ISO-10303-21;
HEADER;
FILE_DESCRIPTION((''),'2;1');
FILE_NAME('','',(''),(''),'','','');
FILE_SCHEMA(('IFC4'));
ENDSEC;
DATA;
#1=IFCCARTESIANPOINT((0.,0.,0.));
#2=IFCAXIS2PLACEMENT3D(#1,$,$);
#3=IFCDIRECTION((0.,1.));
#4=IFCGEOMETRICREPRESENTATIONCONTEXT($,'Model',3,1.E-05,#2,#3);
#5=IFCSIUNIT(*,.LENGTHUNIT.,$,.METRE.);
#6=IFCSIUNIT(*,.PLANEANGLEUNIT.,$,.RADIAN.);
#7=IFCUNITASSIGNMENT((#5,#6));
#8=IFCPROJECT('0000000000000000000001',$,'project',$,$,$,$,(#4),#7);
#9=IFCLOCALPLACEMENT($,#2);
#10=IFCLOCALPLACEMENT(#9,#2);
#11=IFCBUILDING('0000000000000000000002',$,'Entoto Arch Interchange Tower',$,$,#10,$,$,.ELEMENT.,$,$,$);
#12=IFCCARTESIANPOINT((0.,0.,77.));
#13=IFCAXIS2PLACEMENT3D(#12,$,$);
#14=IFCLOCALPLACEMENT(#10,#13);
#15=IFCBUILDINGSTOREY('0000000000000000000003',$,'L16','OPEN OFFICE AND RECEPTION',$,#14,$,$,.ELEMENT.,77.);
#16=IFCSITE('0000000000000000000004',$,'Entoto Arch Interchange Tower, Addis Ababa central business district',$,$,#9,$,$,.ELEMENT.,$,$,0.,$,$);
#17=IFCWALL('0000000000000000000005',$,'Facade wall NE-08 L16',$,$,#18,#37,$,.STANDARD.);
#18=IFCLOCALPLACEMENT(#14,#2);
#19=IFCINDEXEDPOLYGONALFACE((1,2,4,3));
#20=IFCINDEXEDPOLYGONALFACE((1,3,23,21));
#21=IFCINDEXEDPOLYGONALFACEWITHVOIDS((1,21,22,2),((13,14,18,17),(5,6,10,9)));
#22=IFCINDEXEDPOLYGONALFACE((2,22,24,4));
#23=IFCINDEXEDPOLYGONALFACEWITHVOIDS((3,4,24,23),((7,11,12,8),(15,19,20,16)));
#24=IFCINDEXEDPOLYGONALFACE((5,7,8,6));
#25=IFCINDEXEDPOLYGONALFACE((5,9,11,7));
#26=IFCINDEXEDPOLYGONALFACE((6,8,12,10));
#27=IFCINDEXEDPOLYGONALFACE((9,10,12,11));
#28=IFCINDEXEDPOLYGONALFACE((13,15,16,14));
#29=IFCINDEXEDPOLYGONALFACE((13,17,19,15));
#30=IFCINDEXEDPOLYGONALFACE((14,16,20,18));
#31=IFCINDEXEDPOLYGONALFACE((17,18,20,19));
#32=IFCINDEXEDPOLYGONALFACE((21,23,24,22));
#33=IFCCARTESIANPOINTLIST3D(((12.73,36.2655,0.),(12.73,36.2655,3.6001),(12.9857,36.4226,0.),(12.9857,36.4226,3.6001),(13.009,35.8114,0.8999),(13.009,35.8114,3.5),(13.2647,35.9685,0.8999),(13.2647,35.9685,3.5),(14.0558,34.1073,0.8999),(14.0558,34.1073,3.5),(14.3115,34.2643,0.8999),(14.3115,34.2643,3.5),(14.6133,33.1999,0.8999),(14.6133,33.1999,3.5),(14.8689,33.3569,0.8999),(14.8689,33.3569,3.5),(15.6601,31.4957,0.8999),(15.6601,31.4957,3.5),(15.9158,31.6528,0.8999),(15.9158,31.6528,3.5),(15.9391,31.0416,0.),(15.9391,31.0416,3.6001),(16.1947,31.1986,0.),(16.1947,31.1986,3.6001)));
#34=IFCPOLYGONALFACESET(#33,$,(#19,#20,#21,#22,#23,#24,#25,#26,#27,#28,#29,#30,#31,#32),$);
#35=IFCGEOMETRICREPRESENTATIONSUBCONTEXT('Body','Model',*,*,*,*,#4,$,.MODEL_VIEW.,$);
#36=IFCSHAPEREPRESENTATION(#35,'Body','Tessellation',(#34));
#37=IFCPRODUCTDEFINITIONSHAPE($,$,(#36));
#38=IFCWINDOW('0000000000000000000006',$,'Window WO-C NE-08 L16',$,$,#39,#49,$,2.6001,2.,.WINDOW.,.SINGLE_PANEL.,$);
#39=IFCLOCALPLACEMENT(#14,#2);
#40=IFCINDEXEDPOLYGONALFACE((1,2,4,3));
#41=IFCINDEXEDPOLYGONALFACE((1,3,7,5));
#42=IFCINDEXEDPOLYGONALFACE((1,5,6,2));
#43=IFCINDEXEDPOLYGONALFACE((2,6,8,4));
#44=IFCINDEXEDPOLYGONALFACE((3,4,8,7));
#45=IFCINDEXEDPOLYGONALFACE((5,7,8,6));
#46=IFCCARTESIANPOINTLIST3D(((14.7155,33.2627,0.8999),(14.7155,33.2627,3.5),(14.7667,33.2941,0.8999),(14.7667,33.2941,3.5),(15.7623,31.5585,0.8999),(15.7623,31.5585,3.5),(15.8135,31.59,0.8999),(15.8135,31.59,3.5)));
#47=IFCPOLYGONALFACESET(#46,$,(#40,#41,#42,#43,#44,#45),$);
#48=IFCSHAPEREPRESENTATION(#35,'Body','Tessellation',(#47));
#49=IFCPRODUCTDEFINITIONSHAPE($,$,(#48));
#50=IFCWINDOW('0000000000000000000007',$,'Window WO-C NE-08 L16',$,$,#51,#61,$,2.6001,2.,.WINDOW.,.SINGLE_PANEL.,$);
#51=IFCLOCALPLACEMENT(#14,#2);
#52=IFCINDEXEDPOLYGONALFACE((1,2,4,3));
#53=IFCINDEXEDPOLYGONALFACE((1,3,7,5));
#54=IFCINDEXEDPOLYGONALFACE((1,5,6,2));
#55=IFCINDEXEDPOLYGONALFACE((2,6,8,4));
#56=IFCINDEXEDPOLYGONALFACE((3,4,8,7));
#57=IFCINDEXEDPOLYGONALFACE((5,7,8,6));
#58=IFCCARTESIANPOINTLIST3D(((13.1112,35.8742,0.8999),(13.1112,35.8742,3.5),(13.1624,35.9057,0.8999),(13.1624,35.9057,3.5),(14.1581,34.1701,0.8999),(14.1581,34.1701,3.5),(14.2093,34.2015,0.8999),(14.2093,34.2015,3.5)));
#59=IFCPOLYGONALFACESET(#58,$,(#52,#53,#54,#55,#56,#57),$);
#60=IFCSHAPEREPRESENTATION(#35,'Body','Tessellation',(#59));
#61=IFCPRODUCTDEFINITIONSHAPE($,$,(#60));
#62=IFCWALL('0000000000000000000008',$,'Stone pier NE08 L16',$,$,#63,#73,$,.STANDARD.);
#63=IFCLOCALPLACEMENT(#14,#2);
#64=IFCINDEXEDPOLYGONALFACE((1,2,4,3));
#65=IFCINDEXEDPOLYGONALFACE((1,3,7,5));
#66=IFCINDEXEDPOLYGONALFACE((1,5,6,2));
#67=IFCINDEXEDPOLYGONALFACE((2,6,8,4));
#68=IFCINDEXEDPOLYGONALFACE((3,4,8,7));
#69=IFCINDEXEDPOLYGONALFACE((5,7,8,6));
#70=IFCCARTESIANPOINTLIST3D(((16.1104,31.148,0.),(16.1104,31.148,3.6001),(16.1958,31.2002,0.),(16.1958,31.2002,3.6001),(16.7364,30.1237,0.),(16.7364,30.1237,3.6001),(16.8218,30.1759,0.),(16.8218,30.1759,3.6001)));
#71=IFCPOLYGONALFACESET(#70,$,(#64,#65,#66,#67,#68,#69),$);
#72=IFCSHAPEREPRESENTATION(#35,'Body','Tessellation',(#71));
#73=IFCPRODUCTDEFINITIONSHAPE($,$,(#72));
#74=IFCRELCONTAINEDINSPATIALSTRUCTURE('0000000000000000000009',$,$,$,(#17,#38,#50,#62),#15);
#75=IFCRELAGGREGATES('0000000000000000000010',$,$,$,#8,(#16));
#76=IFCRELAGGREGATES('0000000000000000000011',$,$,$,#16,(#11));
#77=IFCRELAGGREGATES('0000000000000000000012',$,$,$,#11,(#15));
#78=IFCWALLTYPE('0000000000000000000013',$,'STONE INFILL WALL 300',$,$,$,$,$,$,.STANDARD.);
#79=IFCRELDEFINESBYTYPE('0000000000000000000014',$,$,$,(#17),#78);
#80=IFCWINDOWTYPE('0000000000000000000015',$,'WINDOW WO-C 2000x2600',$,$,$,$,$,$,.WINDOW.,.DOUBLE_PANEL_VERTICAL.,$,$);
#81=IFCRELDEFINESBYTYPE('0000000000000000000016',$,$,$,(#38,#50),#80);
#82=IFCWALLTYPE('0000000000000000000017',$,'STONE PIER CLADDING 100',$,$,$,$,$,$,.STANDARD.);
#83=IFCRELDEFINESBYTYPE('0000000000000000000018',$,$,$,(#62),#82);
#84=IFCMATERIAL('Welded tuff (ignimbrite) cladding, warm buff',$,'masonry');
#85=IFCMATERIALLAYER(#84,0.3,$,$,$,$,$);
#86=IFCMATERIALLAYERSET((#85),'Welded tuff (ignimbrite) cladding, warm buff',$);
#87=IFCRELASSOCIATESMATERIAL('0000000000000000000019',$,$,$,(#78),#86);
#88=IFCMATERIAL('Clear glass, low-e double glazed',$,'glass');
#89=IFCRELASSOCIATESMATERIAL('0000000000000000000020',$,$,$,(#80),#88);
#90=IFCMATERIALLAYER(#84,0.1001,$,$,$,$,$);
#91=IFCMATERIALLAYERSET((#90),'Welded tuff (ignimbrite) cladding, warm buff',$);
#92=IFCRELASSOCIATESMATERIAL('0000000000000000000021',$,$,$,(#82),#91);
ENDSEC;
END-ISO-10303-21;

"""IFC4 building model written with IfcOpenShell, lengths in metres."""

from ifc_helpers import new_model, si_unit, direction, frame, frame_2d, origin, place, context, subcontext, project, spatial, rectangle, extrude, material, layer, layer_set, type_object, element, fill, save


model = new_model("IFC4")

# Units and contexts
model_context = context("Model", 3, precision=1e-05, world=origin(), true_north=direction((0.0, 1.0)))
body_context = subcontext(model_context, "Body", "Model", "MODEL_VIEW")
ifc_project = project(units=[si_unit("LENGTHUNIT", "METRE"), si_unit("PLANEANGLEUNIT", "RADIAN")], contexts=[model_context])

# Site, building, storey
site_placement = place(None, origin())
site = spatial("IfcSite", under=ifc_project, at=site_placement, Name="Entoto Arch Interchange Tower, Addis Ababa central business district", CompositionType="ELEMENT", RefElevation=0.0)
building_placement = place(site_placement, origin())
building = spatial("IfcBuilding", under=site, at=building_placement, Name="Entoto Arch Interchange Tower", CompositionType="ELEMENT")
storey_placement = place(building_placement, frame((0.0, 0.0, 77.0)))
storey = spatial("IfcBuildingStorey", under=building, at=storey_placement, Name="L16", Description="OPEN OFFICE AND RECEPTION", CompositionType="ELEMENT", Elevation=77.0)

# Wall, openings, windows
ifc_material_1 = material(Name="Welded tuff (ignimbrite) cladding, warm buff", Category="masonry")
ifc_layer_1 = layer(ifc_material_1, 0.3)
ifc_layer_set_1 = layer_set([ifc_layer_1], Name="Welded tuff (ignimbrite) cladding, warm buff")
wall_type_1 = type_object("IfcWallType", Name="STONE INFILL WALL 300", PredefinedType="STANDARD", material=ifc_layer_set_1)
wall_1_placement = place(storey_placement, frame((16.0669, 31.1201, 0.0), z_axis=(0.0, 0.0, 1.0), x_axis=(-0.523422, 0.852074, 0.0)))
wall_1 = element("IfcWall", 1, at=wall_1_placement, inside=storey, type_object=wall_type_1, Name="Facade wall NE-08 L16", PredefinedType="STANDARD", context=body_context, shape_type="SweptSolid", body=[
    extrude(rectangle(XDim=6.1309, YDim=0.3, at=frame_2d((3.0654, 0.0))), origin(), (0.0, 0.0, 1.0), 3.6001),
])
opening_1_placement = place(wall_1_placement, frame((0.533, 0.0, 0.8999)))
opening_1 = element("IfcOpeningElement", 2, at=opening_1_placement, cuts=wall_1, PredefinedType="OPENING", context=body_context, shape_type="SweptSolid", body=[
    extrude(rectangle(XDim=2.0, YDim=2.6001, at=frame_2d((1.0, 1.3))), frame((0.0, 0.1602, 0.0), z_axis=(0.0, -1.0, 0.0), x_axis=(1.0, 0.0, 0.0)), (0.0, 0.0, 1.0), 0.3201),
])
opening_2_placement = place(wall_1_placement, frame((3.5979, 0.0, 0.8999)))
opening_2 = element("IfcOpeningElement", 3, at=opening_2_placement, cuts=wall_1, PredefinedType="OPENING", context=body_context, shape_type="SweptSolid", body=[
    extrude(rectangle(XDim=2.0, YDim=2.6001, at=frame_2d((1.0, 1.3))), frame((0.0, 0.1602, 0.0), z_axis=(0.0, -1.0, 0.0), x_axis=(1.0, 0.0, 0.0)), (0.0, 0.0, 1.0), 0.3201),
])
ifc_material_2 = material(Name="Clear glass, low-e double glazed", Category="glass")
window_type = type_object("IfcWindowType", Name="WINDOW WO-C 2000x2600", PartitioningType="DOUBLE_PANEL_VERTICAL", PredefinedType="WINDOW", material=ifc_material_2)
window_1_placement = place(opening_1_placement, origin())
window_1 = element("IfcWindow", 4, at=window_1_placement, inside=storey, type_object=window_type, Name="Window WO-C NE-08 L16", OverallHeight=2.6001, OverallWidth=2.0, PartitioningType="SINGLE_PANEL", PredefinedType="WINDOW", context=body_context, shape_type="SweptSolid", body=[
    extrude(rectangle(XDim=2.0, YDim=2.6001, at=frame_2d((1.0, 1.3))), frame((0.0, 0.03, 0.0), z_axis=(0.0, -1.0, 0.0), x_axis=(1.0, 0.0, 0.0)), (0.0, 0.0, 1.0), 0.0601),
])
fill(opening_1, window_1)
window_2_placement = place(opening_2_placement, origin())
window_2 = element("IfcWindow", 5, at=window_2_placement, inside=storey, type_object=window_type, Name="Window WO-C NE-08 L16", OverallHeight=2.6001, OverallWidth=2.0, PartitioningType="SINGLE_PANEL", PredefinedType="WINDOW", context=body_context, shape_type="SweptSolid", body=[
    extrude(rectangle(XDim=2.0, YDim=2.6001, at=frame_2d((1.0, 1.3))), frame((0.0, 0.03, 0.0), z_axis=(0.0, -1.0, 0.0), x_axis=(1.0, 0.0, 0.0)), (0.0, 0.0, 1.0), 0.0601),
])
fill(opening_2, window_2)

# Wall
ifc_layer_2 = layer(ifc_material_1, 0.1001)
ifc_layer_set_2 = layer_set([ifc_layer_2], Name="Welded tuff (ignimbrite) cladding, warm buff")
wall_type_2 = type_object("IfcWallType", Name="STONE PIER CLADDING 100", PredefinedType="STANDARD", material=ifc_layer_set_2)
wall_2_placement = place(storey_placement, frame((16.7791, 30.1499, 0.0), z_axis=(0.0, 0.0, 1.0), x_axis=(-0.521508, 0.853247, 0.0)))
element("IfcWall", 6, at=wall_2_placement, inside=storey, type_object=wall_type_2, Name="Stone pier NE08 L16", PredefinedType="STANDARD", context=body_context, shape_type="SweptSolid", body=[
    extrude(rectangle(XDim=1.2004, YDim=0.1001, at=frame_2d((0.6001, 0.0))), origin(), (0.0, 0.0, 1.0), 3.6001),
])

save(model, "model.ifc")
